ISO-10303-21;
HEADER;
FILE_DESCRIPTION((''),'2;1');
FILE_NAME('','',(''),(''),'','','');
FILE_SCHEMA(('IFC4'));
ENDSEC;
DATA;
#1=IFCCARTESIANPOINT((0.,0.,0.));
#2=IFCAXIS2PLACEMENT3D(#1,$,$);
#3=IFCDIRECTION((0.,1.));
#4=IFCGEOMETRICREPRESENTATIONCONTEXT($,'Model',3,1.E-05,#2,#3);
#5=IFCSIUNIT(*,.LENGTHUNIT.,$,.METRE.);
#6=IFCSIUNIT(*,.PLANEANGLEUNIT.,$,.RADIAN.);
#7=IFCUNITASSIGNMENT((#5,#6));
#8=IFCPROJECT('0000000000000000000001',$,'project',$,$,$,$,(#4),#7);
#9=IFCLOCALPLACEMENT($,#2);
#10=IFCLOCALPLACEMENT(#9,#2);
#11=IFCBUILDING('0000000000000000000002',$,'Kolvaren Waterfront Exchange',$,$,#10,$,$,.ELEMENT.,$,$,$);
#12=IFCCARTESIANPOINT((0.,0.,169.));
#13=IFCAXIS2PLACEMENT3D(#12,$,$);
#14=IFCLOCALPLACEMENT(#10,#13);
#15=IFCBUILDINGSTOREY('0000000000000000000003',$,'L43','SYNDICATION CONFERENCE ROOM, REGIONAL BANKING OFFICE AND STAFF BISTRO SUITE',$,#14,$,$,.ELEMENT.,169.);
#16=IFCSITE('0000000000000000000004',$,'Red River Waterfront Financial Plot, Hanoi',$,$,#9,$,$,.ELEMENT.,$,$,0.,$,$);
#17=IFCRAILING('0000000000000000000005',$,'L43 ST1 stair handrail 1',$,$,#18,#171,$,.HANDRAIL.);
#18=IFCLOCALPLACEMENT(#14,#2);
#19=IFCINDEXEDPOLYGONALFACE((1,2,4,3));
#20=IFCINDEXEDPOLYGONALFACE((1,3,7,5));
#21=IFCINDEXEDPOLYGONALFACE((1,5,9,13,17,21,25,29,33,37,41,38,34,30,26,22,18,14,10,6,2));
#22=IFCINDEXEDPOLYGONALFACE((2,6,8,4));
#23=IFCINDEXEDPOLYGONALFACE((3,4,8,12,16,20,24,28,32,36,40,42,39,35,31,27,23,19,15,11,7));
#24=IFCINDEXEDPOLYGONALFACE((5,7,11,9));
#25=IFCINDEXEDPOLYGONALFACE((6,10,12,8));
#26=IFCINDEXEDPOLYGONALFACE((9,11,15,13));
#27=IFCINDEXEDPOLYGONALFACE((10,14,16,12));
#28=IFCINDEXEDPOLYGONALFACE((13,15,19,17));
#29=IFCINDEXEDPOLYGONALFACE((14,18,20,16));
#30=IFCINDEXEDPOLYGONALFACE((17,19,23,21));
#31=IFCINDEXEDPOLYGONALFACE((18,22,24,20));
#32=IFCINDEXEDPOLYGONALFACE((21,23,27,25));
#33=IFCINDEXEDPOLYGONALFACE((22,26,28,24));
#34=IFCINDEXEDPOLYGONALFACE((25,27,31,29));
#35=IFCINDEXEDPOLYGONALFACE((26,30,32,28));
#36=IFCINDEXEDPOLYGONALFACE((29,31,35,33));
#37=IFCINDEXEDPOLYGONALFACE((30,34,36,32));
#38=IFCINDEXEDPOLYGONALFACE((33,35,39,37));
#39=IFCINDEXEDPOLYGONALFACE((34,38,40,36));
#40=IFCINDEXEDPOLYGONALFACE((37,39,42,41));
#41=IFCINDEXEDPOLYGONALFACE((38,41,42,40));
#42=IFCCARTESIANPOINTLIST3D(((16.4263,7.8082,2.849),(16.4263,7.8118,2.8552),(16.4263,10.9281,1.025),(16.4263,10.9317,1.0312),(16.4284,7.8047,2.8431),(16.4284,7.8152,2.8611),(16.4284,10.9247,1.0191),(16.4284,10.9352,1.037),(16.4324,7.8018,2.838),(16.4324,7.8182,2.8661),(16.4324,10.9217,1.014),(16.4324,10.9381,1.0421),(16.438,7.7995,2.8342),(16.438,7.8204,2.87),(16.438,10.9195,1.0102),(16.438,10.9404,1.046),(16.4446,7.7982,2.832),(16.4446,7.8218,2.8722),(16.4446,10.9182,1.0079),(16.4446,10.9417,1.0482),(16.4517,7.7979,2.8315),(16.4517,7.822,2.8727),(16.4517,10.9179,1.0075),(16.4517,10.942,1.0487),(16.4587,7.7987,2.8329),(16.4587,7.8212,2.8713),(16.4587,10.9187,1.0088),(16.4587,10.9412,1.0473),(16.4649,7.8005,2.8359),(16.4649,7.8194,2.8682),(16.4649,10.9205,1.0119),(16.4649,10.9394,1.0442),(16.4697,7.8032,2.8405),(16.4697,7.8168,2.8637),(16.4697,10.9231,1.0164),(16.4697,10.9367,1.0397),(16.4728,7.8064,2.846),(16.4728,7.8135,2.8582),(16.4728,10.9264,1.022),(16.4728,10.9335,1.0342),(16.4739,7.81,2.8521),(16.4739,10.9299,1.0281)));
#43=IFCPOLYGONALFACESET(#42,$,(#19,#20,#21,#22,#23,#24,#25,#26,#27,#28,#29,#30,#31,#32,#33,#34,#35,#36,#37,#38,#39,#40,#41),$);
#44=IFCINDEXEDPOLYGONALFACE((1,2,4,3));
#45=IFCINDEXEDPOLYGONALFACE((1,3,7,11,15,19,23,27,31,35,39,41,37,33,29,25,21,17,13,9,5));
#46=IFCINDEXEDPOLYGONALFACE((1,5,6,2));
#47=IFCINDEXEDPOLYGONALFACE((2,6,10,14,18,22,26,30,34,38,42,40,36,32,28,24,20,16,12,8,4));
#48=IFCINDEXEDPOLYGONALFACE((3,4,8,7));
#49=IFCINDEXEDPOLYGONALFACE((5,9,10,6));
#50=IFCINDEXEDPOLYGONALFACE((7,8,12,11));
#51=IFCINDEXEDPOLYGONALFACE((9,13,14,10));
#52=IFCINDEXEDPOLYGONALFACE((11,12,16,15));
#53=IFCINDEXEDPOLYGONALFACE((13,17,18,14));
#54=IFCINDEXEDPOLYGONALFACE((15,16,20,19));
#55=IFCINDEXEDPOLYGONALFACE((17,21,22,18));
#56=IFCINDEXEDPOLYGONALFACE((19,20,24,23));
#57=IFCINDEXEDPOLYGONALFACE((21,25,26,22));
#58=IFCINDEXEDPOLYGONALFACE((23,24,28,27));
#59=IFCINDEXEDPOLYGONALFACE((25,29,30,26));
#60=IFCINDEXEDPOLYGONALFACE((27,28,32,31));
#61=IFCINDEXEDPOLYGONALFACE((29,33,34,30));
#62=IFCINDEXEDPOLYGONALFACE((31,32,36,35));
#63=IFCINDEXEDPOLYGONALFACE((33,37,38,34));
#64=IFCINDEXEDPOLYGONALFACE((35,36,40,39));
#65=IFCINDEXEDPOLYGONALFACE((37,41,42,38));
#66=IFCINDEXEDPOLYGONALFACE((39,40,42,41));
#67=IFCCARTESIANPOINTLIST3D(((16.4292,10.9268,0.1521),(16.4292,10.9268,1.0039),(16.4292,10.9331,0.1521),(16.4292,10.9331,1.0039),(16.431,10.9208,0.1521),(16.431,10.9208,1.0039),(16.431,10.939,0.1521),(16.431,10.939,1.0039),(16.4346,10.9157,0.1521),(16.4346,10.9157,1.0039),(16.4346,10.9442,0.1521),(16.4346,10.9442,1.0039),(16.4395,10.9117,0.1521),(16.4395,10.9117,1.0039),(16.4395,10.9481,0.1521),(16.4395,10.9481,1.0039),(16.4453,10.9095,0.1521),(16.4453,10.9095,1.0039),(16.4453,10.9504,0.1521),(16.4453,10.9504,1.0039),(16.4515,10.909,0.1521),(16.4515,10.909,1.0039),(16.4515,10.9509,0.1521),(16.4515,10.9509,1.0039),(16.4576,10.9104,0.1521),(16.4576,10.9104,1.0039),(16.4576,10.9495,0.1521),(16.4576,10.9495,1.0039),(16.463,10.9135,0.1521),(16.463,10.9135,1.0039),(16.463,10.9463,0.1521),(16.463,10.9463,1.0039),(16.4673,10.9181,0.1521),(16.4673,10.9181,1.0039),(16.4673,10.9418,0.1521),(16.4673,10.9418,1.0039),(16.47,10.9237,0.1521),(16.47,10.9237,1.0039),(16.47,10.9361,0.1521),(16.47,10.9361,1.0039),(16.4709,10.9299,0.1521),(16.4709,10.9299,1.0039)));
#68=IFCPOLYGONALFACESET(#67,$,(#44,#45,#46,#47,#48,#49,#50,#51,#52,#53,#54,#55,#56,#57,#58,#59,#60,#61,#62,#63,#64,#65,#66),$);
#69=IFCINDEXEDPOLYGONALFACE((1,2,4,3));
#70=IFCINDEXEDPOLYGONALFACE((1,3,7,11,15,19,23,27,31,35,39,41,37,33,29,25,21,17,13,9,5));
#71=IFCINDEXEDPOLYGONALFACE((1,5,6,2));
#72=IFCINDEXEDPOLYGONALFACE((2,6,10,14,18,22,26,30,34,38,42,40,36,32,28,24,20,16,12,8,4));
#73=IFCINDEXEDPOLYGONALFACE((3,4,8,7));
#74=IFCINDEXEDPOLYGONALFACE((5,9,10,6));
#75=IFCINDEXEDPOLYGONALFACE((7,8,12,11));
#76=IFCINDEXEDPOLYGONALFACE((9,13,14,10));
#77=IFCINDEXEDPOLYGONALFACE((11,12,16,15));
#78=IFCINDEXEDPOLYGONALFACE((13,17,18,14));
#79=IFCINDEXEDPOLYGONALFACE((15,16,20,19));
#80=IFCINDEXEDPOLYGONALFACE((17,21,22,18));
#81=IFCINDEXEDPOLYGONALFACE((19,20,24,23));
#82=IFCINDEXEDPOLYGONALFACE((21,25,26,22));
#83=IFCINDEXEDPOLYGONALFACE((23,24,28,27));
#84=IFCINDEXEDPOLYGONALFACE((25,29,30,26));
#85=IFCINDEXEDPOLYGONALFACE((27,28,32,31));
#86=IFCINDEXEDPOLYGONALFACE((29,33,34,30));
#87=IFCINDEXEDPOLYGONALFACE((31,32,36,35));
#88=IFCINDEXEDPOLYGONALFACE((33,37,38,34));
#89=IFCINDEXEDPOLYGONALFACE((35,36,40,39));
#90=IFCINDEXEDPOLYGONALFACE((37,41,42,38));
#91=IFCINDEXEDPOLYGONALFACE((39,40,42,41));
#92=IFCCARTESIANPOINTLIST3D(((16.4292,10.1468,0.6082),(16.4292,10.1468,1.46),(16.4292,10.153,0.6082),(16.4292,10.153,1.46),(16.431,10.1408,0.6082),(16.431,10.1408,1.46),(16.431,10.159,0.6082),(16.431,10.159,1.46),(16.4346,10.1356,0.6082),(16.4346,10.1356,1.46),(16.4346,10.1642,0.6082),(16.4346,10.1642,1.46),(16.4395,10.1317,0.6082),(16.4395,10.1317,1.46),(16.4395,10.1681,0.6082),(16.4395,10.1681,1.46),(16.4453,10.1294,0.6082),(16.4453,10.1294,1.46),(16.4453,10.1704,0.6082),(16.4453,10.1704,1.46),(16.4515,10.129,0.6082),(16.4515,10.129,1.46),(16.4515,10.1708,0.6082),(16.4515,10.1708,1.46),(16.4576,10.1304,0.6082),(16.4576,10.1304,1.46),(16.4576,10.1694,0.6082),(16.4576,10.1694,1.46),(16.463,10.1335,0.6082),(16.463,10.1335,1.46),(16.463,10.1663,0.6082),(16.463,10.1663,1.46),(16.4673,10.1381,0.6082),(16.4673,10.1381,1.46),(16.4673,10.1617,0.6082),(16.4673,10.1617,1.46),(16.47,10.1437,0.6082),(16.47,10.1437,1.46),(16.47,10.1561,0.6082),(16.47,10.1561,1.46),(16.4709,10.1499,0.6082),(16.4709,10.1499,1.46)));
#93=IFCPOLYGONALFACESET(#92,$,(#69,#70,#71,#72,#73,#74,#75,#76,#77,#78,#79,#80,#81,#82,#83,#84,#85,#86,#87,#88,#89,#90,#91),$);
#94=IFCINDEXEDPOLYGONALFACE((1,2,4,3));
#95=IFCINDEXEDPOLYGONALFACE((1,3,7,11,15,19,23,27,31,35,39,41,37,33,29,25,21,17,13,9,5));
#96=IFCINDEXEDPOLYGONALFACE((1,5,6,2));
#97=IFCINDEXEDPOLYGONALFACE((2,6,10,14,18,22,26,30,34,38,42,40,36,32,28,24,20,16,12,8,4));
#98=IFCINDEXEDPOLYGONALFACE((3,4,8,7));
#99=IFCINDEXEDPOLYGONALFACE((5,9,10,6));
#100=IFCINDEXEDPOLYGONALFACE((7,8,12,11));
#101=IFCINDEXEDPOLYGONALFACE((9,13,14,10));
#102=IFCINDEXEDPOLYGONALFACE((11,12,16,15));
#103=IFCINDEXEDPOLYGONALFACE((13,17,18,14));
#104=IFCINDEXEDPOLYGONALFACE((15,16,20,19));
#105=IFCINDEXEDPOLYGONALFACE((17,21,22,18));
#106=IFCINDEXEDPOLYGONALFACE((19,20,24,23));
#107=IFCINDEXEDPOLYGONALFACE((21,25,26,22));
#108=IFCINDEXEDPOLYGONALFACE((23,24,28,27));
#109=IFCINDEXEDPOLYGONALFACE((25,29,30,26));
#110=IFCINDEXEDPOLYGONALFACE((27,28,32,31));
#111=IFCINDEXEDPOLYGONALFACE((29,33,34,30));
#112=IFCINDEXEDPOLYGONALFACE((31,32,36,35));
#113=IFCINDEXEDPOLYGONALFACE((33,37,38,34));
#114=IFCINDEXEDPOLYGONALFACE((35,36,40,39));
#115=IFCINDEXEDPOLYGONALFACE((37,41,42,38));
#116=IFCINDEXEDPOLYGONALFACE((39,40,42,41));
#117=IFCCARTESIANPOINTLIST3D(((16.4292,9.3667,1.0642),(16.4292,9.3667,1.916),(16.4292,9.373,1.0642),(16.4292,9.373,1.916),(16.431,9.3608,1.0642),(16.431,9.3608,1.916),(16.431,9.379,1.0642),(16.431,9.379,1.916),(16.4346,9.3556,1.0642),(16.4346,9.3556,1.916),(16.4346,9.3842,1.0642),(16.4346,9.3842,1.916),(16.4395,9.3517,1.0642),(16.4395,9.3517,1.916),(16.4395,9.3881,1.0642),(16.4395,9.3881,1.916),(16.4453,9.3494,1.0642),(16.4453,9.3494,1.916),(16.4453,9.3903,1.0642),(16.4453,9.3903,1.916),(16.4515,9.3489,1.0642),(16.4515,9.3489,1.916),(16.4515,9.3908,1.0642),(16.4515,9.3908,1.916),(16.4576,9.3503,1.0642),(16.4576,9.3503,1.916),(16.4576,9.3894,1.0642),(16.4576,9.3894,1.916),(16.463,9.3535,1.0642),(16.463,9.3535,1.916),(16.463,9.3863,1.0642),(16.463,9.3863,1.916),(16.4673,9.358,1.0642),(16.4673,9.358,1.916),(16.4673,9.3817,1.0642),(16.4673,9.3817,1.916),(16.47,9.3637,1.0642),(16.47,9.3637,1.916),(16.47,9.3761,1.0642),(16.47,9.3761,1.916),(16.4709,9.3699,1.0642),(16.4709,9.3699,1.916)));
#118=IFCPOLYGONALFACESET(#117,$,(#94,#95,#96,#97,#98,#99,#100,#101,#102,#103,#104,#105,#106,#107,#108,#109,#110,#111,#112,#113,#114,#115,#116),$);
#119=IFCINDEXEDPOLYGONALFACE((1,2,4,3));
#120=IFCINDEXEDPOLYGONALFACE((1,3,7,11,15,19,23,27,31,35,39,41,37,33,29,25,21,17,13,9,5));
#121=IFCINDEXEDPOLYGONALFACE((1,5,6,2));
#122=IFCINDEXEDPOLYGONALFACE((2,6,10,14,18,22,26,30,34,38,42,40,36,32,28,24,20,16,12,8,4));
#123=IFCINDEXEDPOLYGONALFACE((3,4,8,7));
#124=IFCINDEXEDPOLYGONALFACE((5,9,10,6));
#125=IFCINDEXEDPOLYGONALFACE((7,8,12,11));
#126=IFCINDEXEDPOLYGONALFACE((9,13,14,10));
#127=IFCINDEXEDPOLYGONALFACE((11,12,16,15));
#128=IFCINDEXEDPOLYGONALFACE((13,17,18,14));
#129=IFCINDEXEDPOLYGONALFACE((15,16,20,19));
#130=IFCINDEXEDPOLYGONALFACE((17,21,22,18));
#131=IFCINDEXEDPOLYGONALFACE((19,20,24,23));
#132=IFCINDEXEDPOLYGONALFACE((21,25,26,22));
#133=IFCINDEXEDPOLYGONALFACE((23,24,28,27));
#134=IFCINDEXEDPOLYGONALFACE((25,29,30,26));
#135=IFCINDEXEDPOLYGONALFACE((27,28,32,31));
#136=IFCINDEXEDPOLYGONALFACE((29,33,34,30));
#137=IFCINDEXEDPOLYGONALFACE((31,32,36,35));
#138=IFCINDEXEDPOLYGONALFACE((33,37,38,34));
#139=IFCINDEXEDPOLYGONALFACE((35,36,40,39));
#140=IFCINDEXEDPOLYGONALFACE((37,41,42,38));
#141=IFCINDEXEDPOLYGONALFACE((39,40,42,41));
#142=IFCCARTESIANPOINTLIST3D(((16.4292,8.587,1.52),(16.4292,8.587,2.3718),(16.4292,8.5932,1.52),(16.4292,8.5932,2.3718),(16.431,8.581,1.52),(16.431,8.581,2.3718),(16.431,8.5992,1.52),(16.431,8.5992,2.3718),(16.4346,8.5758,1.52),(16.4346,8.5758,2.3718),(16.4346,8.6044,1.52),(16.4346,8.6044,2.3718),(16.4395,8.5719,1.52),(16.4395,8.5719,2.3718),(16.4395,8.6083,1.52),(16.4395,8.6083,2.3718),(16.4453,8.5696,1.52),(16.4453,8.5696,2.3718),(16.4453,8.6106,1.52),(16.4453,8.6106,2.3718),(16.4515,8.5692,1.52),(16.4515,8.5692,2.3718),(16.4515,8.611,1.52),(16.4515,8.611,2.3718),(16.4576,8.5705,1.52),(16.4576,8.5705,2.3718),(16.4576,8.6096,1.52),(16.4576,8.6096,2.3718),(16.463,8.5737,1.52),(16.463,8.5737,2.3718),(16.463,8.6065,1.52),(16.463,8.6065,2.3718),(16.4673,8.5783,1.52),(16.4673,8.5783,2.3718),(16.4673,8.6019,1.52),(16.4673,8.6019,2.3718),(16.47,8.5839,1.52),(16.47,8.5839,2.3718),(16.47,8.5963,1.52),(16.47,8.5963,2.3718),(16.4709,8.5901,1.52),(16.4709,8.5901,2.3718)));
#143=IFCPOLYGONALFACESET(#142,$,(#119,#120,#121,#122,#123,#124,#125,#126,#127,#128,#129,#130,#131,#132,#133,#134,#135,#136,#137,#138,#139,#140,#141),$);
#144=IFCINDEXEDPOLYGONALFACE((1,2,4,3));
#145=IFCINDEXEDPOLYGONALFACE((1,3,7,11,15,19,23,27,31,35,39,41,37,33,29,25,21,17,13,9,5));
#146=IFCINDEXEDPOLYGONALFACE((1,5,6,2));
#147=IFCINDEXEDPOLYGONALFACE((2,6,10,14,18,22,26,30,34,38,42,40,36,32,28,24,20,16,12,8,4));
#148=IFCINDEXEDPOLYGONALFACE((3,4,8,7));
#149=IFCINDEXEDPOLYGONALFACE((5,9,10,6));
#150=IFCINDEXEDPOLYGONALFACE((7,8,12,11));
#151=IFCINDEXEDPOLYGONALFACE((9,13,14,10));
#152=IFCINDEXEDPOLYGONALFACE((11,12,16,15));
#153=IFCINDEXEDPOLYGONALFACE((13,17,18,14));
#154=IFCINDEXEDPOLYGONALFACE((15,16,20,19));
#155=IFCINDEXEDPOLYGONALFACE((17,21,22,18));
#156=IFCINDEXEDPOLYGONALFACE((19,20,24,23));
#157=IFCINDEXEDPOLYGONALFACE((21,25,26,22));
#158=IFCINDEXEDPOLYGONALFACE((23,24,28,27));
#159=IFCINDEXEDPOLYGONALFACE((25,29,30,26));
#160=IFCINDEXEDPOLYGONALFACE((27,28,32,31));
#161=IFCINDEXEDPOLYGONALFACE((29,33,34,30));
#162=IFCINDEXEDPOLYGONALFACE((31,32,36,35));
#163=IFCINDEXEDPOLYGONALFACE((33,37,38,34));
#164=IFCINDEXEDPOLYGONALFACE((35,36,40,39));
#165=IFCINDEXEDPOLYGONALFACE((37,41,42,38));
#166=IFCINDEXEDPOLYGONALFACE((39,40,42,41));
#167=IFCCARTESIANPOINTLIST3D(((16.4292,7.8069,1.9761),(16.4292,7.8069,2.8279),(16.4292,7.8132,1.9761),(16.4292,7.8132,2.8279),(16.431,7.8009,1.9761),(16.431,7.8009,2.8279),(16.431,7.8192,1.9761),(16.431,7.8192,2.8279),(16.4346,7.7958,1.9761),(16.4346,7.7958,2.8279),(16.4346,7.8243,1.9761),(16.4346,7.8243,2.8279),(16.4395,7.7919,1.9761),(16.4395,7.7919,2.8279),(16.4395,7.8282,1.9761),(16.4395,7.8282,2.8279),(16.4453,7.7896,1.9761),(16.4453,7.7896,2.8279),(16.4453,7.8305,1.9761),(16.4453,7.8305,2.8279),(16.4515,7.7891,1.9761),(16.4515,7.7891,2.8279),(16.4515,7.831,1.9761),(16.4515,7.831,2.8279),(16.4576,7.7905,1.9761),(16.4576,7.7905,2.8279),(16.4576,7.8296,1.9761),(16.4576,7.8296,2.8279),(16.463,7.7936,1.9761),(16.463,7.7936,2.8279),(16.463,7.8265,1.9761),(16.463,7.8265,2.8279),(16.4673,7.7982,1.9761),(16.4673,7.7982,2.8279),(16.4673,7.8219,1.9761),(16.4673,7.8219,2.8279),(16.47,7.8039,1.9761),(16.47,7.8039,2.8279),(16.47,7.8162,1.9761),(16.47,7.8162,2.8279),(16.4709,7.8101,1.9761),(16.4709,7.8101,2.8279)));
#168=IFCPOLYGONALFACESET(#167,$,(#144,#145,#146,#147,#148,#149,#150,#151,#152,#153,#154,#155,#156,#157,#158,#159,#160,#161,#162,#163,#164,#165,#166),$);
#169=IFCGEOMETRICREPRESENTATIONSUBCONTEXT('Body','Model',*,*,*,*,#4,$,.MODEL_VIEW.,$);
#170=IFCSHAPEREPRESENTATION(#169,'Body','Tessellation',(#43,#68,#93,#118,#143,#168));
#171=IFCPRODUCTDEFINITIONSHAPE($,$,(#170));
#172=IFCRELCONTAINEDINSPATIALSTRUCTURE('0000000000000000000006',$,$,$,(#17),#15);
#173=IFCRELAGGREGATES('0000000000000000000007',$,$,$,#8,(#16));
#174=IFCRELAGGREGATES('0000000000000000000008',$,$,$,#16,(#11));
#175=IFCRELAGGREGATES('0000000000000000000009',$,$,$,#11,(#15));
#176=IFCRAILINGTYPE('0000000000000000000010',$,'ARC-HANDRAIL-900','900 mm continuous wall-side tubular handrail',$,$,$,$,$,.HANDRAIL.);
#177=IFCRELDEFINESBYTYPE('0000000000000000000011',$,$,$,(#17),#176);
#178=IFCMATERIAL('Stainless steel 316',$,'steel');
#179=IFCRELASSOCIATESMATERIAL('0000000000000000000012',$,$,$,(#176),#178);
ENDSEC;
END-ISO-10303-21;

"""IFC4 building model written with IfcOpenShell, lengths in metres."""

from ifc_helpers import new_model, si_unit, direction, frame, origin, origin_2d, place, context, subcontext, project, spatial, circle, extrude, material, type_object, element, save


model = new_model("IFC4")

# Units and contexts
model_context = context("Model", 3, precision=1e-05, world=origin(), true_north=direction((0.0, 1.0)))
body_context = subcontext(model_context, "Body", "Model", "MODEL_VIEW")
ifc_project = project(units=[si_unit("LENGTHUNIT", "METRE"), si_unit("PLANEANGLEUNIT", "RADIAN")], contexts=[model_context])

# Site, building, storey
site_placement = place(None, origin())
site = spatial("IfcSite", under=ifc_project, at=site_placement, Name="Red River Waterfront Financial Plot, Hanoi", CompositionType="ELEMENT", RefElevation=0.0)
building_placement = place(site_placement, origin())
building = spatial("IfcBuilding", under=site, at=building_placement, Name="Kolvaren Waterfront Exchange", CompositionType="ELEMENT")
storey_placement = place(building_placement, frame((0.0, 0.0, 169.0)))
storey = spatial("IfcBuildingStorey", under=building, at=storey_placement, Name="L43", Description="SYNDICATION CONFERENCE ROOM, REGIONAL BANKING OFFICE AND STAFF BISTRO SUITE", CompositionType="ELEMENT", Elevation=169.0)

# Railing
ifc_material_1 = material(Name="Stainless steel 316", Category="steel")
railing_type_1 = type_object("IfcRailingType", Name="ARC-HANDRAIL-900", Description="900 mm continuous wall-side tubular handrail", PredefinedType="HANDRAIL", material=ifc_material_1)
railing_1_placement = place(storey_placement, frame((16.45, 10.9299, 0.1521)))
element("IfcRailing", 1, at=railing_1_placement, inside=storey, type_object=railing_type_1, Name="L43 ST1 stair handrail 1", PredefinedType="HANDRAIL", context=body_context, shape_type="SweptSolid", body=[
    extrude(circle(Radius=0.0239, at=origin_2d()), frame((0.0, 0.0, 0.876), z_axis=(0.0, -0.863291, 0.504707), x_axis=(1.0, 0.0, 0.0)), (0.0, 0.0, 1.0), 3.614),
    extrude(circle(Radius=0.021, at=origin_2d()), origin(), (0.0, 0.0, 1.0), 0.8518),
    extrude(circle(Radius=0.021, at=origin_2d()), frame((0.0, -0.78, 0.4561)), (0.0, 0.0, 1.0), 0.8518),
    extrude(circle(Radius=0.021, at=origin_2d()), frame((0.0, -1.5601, 0.9121)), (0.0, 0.0, 1.0), 0.8518),
    extrude(circle(Radius=0.021, at=origin_2d()), frame((0.0, -2.3398, 1.3679)), (0.0, 0.0, 1.0), 0.8518),
    extrude(circle(Radius=0.021, at=origin_2d()), frame((0.0, -3.1199, 1.824)), (0.0, 0.0, 1.0), 0.8518),
])

save(model, "model.ifc")
